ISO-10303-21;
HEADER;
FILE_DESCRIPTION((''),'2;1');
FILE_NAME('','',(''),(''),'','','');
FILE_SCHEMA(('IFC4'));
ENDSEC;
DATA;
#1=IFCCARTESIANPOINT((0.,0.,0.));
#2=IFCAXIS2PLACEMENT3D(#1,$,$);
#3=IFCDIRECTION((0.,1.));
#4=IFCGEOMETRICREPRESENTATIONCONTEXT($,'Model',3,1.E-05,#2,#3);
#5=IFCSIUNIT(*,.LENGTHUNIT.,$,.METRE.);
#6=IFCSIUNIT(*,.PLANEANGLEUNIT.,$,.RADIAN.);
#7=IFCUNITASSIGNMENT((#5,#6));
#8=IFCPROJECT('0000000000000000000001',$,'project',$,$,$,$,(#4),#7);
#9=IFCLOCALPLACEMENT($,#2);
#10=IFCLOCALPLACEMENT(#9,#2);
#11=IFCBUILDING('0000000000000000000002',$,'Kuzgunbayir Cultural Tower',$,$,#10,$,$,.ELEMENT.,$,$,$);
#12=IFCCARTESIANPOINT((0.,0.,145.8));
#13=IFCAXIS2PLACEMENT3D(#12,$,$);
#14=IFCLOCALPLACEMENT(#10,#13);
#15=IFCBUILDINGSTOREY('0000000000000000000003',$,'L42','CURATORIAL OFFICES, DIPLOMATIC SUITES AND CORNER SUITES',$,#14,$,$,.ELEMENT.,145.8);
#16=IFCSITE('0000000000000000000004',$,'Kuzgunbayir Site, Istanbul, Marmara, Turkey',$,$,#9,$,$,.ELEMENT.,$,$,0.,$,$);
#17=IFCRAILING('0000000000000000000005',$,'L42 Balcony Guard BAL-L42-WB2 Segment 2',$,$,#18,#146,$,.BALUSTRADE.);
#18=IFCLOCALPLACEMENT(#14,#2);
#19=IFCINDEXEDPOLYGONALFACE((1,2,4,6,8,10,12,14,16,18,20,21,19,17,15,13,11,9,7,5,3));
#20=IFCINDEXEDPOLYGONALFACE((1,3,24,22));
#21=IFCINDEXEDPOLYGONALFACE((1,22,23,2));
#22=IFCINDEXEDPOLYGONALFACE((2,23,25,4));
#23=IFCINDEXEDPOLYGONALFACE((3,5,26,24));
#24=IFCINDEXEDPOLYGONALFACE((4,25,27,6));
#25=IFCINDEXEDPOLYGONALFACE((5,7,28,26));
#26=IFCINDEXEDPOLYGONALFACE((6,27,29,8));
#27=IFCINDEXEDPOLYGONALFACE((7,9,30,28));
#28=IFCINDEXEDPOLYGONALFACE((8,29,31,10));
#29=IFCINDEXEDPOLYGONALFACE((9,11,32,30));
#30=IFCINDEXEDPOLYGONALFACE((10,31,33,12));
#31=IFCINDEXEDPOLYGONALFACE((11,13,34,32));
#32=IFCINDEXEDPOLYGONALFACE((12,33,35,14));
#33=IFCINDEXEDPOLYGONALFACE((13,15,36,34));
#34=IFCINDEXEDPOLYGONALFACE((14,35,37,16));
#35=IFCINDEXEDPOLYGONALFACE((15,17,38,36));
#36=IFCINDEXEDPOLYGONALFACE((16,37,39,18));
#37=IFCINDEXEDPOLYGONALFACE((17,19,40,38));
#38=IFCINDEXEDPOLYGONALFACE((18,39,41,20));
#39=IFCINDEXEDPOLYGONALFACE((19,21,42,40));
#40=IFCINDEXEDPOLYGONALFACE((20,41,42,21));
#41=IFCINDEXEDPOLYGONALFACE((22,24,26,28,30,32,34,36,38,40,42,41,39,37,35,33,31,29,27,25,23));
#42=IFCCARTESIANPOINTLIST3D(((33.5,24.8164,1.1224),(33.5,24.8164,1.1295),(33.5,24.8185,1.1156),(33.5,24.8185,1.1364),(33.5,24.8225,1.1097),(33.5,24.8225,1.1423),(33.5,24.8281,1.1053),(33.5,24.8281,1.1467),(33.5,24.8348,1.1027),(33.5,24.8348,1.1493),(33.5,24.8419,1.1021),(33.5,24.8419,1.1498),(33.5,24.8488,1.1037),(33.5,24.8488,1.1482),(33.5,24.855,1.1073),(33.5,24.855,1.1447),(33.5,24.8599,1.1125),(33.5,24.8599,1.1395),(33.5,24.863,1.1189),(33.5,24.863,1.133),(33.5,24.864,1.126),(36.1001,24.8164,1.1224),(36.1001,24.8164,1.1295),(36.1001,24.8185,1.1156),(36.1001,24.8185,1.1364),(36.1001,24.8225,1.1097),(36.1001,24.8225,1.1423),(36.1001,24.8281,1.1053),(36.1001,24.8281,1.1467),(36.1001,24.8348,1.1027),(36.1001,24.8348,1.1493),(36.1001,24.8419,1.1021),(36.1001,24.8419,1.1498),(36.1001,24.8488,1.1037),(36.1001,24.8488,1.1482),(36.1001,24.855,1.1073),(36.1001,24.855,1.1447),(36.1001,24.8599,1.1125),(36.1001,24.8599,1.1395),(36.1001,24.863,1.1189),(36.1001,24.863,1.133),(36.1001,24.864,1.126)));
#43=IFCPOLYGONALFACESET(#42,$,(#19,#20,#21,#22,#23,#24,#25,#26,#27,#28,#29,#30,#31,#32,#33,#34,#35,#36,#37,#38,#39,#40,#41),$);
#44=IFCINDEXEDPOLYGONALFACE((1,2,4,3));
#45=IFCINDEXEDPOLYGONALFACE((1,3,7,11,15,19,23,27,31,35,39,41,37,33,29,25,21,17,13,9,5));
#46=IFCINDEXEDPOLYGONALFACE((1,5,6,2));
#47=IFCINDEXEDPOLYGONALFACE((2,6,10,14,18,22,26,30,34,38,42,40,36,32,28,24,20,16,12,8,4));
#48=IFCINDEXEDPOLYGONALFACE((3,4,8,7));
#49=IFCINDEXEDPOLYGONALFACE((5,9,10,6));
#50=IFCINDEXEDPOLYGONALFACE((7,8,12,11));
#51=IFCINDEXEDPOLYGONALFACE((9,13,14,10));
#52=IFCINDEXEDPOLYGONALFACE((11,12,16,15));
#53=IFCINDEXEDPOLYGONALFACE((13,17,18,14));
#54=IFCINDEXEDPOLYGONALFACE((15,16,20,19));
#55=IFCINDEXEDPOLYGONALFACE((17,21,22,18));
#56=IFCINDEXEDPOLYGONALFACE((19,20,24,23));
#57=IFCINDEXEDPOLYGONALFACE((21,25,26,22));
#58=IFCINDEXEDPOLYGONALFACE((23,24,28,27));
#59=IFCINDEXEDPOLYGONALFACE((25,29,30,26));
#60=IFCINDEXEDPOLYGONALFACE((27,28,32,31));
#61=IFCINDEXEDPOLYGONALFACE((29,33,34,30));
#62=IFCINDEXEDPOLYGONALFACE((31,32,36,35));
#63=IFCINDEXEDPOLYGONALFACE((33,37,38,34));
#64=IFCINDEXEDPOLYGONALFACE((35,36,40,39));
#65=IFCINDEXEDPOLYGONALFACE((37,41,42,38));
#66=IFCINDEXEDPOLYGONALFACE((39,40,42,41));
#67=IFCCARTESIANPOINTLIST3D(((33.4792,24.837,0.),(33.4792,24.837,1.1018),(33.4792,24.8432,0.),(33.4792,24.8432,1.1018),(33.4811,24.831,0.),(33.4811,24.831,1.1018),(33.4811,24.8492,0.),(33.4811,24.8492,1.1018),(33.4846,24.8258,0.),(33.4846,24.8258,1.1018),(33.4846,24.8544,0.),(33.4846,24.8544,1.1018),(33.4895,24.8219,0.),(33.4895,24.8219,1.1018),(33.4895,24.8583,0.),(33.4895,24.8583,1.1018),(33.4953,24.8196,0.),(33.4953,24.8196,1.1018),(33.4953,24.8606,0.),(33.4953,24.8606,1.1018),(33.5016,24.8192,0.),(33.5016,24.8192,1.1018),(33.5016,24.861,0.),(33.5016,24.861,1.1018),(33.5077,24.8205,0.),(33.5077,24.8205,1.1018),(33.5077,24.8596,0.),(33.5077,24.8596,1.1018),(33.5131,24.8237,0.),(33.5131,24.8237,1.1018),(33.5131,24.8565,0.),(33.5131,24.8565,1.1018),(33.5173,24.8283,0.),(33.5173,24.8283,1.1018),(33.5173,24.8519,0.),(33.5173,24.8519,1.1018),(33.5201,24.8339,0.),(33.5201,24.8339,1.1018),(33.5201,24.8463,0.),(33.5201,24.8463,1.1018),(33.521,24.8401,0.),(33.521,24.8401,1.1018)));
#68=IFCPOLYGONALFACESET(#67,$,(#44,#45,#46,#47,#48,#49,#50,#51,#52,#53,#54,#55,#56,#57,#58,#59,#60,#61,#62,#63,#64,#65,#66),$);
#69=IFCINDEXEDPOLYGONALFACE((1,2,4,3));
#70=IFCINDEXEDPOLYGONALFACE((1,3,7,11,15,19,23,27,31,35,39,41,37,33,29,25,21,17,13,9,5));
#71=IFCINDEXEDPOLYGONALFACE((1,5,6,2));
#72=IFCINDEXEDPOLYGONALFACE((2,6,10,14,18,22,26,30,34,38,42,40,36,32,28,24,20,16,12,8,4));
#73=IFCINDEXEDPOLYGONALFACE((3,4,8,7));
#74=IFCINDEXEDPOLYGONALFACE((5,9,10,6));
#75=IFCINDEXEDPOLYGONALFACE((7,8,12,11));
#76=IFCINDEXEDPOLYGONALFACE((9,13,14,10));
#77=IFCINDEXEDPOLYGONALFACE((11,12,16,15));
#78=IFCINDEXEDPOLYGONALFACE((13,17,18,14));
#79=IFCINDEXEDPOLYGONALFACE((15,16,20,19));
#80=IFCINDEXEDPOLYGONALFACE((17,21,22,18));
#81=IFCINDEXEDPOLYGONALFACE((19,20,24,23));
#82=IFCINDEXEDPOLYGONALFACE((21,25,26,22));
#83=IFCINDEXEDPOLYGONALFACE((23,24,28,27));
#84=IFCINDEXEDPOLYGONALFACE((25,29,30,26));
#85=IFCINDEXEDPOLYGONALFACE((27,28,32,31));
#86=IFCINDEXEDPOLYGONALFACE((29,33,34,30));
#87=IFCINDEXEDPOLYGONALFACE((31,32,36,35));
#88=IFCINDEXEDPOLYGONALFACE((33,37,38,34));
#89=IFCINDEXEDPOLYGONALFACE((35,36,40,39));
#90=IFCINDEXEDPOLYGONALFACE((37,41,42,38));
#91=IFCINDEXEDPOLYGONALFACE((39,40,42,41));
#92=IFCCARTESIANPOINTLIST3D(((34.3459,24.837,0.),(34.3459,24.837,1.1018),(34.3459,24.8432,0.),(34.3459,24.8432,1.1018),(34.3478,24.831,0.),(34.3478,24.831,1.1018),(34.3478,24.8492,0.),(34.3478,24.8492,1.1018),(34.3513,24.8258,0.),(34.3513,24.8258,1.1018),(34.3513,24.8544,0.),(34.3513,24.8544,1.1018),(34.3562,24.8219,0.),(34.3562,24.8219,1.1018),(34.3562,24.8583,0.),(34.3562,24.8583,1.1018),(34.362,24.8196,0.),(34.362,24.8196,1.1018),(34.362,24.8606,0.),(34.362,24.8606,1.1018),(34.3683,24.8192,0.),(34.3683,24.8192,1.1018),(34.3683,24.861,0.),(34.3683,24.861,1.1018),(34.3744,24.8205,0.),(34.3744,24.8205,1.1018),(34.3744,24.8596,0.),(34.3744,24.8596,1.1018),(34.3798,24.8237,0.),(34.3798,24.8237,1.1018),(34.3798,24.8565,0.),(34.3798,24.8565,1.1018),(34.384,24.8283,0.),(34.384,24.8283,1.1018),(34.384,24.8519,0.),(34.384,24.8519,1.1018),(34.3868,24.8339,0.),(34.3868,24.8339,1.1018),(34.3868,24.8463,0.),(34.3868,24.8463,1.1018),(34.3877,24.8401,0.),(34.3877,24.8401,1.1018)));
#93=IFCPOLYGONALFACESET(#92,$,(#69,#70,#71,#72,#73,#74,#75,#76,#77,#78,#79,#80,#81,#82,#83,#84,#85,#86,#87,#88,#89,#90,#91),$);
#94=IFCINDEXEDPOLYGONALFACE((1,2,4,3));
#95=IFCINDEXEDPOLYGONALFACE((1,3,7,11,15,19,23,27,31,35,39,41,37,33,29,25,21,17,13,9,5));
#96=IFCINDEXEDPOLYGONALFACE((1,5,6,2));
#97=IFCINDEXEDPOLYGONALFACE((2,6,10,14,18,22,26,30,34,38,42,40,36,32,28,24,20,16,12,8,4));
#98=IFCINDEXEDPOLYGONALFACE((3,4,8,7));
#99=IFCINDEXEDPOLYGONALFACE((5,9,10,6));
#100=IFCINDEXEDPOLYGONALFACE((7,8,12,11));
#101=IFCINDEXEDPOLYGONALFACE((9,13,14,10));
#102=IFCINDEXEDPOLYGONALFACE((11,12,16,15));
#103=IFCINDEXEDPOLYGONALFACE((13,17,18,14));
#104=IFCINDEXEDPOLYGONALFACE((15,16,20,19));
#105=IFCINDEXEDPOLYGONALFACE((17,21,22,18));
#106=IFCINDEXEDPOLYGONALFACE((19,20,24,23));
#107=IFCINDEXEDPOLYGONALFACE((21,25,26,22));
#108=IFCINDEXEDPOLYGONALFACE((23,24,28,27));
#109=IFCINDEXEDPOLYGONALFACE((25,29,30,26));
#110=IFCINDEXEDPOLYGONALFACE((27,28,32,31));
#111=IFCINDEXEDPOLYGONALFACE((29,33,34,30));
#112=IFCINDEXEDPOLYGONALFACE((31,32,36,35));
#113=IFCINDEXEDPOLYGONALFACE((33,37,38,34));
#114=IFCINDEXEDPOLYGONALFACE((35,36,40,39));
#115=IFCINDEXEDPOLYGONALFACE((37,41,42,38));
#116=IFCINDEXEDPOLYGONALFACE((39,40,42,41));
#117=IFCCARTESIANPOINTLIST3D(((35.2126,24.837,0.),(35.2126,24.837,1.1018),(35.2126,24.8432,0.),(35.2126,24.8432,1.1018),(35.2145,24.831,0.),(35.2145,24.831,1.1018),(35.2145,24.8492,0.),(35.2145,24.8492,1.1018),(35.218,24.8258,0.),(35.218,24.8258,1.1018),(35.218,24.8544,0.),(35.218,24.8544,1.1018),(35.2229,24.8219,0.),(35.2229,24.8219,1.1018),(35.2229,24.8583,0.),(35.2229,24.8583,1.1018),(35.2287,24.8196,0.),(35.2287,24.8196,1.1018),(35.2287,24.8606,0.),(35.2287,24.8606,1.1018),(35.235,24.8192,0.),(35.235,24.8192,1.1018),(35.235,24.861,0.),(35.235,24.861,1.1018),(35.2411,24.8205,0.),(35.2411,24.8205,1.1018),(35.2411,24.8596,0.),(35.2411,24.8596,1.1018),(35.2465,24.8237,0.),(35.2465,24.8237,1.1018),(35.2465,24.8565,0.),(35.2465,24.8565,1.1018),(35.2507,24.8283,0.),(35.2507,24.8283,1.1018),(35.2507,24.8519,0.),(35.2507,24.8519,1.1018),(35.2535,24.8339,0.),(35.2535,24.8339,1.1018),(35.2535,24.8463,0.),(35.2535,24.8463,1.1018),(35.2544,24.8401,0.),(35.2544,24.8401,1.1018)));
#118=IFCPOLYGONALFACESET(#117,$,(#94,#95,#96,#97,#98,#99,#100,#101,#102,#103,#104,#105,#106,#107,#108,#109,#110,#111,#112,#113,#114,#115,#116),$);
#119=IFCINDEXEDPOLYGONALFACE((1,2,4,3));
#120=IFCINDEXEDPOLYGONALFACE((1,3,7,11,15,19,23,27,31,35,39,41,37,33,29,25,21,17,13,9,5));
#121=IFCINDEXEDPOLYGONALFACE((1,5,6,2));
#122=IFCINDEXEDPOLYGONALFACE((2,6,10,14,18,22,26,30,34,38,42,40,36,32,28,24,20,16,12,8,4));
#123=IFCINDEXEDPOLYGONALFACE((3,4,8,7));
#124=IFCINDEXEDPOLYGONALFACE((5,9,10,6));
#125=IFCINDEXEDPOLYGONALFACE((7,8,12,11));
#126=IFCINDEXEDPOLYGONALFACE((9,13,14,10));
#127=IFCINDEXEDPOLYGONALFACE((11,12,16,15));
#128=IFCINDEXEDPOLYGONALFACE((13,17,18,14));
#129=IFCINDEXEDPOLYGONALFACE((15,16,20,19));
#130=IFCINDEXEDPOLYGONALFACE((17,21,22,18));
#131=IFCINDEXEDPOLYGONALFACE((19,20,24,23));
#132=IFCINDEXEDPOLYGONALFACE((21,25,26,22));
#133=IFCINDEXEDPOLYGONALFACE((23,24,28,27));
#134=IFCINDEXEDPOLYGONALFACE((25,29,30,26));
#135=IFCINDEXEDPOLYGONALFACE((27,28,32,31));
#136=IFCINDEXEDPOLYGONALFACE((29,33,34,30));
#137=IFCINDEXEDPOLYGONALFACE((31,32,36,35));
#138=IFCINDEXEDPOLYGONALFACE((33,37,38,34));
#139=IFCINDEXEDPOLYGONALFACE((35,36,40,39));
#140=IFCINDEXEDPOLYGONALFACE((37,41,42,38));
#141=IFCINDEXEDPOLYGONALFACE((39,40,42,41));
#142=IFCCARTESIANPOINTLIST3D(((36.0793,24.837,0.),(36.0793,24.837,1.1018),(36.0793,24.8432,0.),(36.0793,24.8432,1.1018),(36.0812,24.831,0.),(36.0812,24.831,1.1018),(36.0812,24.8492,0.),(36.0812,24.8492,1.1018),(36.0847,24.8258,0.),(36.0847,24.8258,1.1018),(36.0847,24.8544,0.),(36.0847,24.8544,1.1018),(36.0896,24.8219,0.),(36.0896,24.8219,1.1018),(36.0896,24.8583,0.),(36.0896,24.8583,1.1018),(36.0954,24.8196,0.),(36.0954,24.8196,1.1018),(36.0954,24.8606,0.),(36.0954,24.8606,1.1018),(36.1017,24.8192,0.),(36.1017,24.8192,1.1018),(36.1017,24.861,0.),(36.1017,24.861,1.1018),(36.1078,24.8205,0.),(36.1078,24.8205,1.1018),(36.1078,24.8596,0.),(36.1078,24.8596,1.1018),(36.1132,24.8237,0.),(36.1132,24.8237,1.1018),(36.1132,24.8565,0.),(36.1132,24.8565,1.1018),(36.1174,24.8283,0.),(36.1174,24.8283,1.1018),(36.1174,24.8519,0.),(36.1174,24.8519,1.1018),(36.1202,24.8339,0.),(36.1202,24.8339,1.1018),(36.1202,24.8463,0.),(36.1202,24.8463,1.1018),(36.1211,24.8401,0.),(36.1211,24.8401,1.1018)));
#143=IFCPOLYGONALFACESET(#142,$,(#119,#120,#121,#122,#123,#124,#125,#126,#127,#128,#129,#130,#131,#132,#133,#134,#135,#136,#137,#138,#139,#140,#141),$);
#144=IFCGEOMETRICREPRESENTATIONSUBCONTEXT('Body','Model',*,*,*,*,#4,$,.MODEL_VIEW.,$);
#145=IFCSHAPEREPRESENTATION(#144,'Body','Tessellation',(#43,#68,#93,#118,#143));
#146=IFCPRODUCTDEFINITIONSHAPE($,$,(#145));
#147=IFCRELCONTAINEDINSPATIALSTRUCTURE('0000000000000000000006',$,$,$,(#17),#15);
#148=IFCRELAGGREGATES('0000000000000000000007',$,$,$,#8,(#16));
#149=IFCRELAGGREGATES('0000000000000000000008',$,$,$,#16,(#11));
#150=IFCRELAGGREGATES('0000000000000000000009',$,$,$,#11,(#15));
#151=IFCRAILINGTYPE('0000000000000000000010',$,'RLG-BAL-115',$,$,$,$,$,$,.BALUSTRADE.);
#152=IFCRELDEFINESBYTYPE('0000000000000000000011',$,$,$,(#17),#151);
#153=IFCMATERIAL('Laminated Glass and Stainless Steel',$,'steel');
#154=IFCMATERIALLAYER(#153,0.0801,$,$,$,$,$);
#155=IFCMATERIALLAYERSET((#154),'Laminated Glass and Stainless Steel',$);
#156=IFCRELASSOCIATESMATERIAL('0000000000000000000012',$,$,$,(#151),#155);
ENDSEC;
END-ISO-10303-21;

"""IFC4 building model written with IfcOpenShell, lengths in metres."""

from ifc_helpers import new_model, si_unit, direction, frame, origin, origin_2d, place, context, subcontext, project, spatial, circle, extrude, material, layer, layer_set, type_object, element, save


model = new_model("IFC4")

# Units and contexts
model_context = context("Model", 3, precision=1e-05, world=origin(), true_north=direction((0.0, 1.0)))
body_context = subcontext(model_context, "Body", "Model", "MODEL_VIEW")
ifc_project = project(units=[si_unit("LENGTHUNIT", "METRE"), si_unit("PLANEANGLEUNIT", "RADIAN")], contexts=[model_context])

# Site, building, storey
site_placement = place(None, origin())
site = spatial("IfcSite", under=ifc_project, at=site_placement, Name="Kuzgunbayir Site, Istanbul, Marmara, Turkey", CompositionType="ELEMENT", RefElevation=0.0)
building_placement = place(site_placement, origin())
building = spatial("IfcBuilding", under=site, at=building_placement, Name="Kuzgunbayir Cultural Tower", CompositionType="ELEMENT")
storey_placement = place(building_placement, frame((0.0, 0.0, 145.8)))
storey = spatial("IfcBuildingStorey", under=building, at=storey_placement, Name="L42", Description="CURATORIAL OFFICES, DIPLOMATIC SUITES AND CORNER SUITES", CompositionType="ELEMENT", Elevation=145.8)

# Railing
ifc_material_1 = material(Name="Laminated Glass and Stainless Steel", Category="steel")
ifc_layer_1 = layer(ifc_material_1, 0.0801)
ifc_layer_set_1 = layer_set([ifc_layer_1], Name="Laminated Glass and Stainless Steel")
railing_type = type_object("IfcRailingType", Name="RLG-BAL-115", PredefinedType="BALUSTRADE", material=ifc_layer_set_1)
railing_1_placement = place(storey_placement, frame((33.5, 24.8401, 0.0)))
element("IfcRailing", 1, at=railing_1_placement, inside=storey, type_object=railing_type, Name="L42 Balcony Guard BAL-L42-WB2 Segment 2", PredefinedType="BALUSTRADE", context=body_context, shape_type="SweptSolid", body=[
    extrude(circle(Radius=0.0239, at=origin_2d()), frame((0.0, 0.0, 1.126), z_axis=(1.0, 0.0, 0.0), x_axis=(0.0, 1.0, 0.0)), (0.0, 0.0, 1.0), 2.6001),
    extrude(circle(Radius=0.021, at=origin_2d()), origin(), (0.0, 0.0, 1.0), 1.1018),
    extrude(circle(Radius=0.021, at=origin_2d()), frame((0.8667, 0.0, 0.0)), (0.0, 0.0, 1.0), 1.1018),
    extrude(circle(Radius=0.021, at=origin_2d()), frame((1.7334, 0.0, 0.0)), (0.0, 0.0, 1.0), 1.1018),
    extrude(circle(Radius=0.021, at=origin_2d()), frame((2.6001, 0.0, 0.0)), (0.0, 0.0, 1.0), 1.1018),
])

save(model, "model.ifc")
